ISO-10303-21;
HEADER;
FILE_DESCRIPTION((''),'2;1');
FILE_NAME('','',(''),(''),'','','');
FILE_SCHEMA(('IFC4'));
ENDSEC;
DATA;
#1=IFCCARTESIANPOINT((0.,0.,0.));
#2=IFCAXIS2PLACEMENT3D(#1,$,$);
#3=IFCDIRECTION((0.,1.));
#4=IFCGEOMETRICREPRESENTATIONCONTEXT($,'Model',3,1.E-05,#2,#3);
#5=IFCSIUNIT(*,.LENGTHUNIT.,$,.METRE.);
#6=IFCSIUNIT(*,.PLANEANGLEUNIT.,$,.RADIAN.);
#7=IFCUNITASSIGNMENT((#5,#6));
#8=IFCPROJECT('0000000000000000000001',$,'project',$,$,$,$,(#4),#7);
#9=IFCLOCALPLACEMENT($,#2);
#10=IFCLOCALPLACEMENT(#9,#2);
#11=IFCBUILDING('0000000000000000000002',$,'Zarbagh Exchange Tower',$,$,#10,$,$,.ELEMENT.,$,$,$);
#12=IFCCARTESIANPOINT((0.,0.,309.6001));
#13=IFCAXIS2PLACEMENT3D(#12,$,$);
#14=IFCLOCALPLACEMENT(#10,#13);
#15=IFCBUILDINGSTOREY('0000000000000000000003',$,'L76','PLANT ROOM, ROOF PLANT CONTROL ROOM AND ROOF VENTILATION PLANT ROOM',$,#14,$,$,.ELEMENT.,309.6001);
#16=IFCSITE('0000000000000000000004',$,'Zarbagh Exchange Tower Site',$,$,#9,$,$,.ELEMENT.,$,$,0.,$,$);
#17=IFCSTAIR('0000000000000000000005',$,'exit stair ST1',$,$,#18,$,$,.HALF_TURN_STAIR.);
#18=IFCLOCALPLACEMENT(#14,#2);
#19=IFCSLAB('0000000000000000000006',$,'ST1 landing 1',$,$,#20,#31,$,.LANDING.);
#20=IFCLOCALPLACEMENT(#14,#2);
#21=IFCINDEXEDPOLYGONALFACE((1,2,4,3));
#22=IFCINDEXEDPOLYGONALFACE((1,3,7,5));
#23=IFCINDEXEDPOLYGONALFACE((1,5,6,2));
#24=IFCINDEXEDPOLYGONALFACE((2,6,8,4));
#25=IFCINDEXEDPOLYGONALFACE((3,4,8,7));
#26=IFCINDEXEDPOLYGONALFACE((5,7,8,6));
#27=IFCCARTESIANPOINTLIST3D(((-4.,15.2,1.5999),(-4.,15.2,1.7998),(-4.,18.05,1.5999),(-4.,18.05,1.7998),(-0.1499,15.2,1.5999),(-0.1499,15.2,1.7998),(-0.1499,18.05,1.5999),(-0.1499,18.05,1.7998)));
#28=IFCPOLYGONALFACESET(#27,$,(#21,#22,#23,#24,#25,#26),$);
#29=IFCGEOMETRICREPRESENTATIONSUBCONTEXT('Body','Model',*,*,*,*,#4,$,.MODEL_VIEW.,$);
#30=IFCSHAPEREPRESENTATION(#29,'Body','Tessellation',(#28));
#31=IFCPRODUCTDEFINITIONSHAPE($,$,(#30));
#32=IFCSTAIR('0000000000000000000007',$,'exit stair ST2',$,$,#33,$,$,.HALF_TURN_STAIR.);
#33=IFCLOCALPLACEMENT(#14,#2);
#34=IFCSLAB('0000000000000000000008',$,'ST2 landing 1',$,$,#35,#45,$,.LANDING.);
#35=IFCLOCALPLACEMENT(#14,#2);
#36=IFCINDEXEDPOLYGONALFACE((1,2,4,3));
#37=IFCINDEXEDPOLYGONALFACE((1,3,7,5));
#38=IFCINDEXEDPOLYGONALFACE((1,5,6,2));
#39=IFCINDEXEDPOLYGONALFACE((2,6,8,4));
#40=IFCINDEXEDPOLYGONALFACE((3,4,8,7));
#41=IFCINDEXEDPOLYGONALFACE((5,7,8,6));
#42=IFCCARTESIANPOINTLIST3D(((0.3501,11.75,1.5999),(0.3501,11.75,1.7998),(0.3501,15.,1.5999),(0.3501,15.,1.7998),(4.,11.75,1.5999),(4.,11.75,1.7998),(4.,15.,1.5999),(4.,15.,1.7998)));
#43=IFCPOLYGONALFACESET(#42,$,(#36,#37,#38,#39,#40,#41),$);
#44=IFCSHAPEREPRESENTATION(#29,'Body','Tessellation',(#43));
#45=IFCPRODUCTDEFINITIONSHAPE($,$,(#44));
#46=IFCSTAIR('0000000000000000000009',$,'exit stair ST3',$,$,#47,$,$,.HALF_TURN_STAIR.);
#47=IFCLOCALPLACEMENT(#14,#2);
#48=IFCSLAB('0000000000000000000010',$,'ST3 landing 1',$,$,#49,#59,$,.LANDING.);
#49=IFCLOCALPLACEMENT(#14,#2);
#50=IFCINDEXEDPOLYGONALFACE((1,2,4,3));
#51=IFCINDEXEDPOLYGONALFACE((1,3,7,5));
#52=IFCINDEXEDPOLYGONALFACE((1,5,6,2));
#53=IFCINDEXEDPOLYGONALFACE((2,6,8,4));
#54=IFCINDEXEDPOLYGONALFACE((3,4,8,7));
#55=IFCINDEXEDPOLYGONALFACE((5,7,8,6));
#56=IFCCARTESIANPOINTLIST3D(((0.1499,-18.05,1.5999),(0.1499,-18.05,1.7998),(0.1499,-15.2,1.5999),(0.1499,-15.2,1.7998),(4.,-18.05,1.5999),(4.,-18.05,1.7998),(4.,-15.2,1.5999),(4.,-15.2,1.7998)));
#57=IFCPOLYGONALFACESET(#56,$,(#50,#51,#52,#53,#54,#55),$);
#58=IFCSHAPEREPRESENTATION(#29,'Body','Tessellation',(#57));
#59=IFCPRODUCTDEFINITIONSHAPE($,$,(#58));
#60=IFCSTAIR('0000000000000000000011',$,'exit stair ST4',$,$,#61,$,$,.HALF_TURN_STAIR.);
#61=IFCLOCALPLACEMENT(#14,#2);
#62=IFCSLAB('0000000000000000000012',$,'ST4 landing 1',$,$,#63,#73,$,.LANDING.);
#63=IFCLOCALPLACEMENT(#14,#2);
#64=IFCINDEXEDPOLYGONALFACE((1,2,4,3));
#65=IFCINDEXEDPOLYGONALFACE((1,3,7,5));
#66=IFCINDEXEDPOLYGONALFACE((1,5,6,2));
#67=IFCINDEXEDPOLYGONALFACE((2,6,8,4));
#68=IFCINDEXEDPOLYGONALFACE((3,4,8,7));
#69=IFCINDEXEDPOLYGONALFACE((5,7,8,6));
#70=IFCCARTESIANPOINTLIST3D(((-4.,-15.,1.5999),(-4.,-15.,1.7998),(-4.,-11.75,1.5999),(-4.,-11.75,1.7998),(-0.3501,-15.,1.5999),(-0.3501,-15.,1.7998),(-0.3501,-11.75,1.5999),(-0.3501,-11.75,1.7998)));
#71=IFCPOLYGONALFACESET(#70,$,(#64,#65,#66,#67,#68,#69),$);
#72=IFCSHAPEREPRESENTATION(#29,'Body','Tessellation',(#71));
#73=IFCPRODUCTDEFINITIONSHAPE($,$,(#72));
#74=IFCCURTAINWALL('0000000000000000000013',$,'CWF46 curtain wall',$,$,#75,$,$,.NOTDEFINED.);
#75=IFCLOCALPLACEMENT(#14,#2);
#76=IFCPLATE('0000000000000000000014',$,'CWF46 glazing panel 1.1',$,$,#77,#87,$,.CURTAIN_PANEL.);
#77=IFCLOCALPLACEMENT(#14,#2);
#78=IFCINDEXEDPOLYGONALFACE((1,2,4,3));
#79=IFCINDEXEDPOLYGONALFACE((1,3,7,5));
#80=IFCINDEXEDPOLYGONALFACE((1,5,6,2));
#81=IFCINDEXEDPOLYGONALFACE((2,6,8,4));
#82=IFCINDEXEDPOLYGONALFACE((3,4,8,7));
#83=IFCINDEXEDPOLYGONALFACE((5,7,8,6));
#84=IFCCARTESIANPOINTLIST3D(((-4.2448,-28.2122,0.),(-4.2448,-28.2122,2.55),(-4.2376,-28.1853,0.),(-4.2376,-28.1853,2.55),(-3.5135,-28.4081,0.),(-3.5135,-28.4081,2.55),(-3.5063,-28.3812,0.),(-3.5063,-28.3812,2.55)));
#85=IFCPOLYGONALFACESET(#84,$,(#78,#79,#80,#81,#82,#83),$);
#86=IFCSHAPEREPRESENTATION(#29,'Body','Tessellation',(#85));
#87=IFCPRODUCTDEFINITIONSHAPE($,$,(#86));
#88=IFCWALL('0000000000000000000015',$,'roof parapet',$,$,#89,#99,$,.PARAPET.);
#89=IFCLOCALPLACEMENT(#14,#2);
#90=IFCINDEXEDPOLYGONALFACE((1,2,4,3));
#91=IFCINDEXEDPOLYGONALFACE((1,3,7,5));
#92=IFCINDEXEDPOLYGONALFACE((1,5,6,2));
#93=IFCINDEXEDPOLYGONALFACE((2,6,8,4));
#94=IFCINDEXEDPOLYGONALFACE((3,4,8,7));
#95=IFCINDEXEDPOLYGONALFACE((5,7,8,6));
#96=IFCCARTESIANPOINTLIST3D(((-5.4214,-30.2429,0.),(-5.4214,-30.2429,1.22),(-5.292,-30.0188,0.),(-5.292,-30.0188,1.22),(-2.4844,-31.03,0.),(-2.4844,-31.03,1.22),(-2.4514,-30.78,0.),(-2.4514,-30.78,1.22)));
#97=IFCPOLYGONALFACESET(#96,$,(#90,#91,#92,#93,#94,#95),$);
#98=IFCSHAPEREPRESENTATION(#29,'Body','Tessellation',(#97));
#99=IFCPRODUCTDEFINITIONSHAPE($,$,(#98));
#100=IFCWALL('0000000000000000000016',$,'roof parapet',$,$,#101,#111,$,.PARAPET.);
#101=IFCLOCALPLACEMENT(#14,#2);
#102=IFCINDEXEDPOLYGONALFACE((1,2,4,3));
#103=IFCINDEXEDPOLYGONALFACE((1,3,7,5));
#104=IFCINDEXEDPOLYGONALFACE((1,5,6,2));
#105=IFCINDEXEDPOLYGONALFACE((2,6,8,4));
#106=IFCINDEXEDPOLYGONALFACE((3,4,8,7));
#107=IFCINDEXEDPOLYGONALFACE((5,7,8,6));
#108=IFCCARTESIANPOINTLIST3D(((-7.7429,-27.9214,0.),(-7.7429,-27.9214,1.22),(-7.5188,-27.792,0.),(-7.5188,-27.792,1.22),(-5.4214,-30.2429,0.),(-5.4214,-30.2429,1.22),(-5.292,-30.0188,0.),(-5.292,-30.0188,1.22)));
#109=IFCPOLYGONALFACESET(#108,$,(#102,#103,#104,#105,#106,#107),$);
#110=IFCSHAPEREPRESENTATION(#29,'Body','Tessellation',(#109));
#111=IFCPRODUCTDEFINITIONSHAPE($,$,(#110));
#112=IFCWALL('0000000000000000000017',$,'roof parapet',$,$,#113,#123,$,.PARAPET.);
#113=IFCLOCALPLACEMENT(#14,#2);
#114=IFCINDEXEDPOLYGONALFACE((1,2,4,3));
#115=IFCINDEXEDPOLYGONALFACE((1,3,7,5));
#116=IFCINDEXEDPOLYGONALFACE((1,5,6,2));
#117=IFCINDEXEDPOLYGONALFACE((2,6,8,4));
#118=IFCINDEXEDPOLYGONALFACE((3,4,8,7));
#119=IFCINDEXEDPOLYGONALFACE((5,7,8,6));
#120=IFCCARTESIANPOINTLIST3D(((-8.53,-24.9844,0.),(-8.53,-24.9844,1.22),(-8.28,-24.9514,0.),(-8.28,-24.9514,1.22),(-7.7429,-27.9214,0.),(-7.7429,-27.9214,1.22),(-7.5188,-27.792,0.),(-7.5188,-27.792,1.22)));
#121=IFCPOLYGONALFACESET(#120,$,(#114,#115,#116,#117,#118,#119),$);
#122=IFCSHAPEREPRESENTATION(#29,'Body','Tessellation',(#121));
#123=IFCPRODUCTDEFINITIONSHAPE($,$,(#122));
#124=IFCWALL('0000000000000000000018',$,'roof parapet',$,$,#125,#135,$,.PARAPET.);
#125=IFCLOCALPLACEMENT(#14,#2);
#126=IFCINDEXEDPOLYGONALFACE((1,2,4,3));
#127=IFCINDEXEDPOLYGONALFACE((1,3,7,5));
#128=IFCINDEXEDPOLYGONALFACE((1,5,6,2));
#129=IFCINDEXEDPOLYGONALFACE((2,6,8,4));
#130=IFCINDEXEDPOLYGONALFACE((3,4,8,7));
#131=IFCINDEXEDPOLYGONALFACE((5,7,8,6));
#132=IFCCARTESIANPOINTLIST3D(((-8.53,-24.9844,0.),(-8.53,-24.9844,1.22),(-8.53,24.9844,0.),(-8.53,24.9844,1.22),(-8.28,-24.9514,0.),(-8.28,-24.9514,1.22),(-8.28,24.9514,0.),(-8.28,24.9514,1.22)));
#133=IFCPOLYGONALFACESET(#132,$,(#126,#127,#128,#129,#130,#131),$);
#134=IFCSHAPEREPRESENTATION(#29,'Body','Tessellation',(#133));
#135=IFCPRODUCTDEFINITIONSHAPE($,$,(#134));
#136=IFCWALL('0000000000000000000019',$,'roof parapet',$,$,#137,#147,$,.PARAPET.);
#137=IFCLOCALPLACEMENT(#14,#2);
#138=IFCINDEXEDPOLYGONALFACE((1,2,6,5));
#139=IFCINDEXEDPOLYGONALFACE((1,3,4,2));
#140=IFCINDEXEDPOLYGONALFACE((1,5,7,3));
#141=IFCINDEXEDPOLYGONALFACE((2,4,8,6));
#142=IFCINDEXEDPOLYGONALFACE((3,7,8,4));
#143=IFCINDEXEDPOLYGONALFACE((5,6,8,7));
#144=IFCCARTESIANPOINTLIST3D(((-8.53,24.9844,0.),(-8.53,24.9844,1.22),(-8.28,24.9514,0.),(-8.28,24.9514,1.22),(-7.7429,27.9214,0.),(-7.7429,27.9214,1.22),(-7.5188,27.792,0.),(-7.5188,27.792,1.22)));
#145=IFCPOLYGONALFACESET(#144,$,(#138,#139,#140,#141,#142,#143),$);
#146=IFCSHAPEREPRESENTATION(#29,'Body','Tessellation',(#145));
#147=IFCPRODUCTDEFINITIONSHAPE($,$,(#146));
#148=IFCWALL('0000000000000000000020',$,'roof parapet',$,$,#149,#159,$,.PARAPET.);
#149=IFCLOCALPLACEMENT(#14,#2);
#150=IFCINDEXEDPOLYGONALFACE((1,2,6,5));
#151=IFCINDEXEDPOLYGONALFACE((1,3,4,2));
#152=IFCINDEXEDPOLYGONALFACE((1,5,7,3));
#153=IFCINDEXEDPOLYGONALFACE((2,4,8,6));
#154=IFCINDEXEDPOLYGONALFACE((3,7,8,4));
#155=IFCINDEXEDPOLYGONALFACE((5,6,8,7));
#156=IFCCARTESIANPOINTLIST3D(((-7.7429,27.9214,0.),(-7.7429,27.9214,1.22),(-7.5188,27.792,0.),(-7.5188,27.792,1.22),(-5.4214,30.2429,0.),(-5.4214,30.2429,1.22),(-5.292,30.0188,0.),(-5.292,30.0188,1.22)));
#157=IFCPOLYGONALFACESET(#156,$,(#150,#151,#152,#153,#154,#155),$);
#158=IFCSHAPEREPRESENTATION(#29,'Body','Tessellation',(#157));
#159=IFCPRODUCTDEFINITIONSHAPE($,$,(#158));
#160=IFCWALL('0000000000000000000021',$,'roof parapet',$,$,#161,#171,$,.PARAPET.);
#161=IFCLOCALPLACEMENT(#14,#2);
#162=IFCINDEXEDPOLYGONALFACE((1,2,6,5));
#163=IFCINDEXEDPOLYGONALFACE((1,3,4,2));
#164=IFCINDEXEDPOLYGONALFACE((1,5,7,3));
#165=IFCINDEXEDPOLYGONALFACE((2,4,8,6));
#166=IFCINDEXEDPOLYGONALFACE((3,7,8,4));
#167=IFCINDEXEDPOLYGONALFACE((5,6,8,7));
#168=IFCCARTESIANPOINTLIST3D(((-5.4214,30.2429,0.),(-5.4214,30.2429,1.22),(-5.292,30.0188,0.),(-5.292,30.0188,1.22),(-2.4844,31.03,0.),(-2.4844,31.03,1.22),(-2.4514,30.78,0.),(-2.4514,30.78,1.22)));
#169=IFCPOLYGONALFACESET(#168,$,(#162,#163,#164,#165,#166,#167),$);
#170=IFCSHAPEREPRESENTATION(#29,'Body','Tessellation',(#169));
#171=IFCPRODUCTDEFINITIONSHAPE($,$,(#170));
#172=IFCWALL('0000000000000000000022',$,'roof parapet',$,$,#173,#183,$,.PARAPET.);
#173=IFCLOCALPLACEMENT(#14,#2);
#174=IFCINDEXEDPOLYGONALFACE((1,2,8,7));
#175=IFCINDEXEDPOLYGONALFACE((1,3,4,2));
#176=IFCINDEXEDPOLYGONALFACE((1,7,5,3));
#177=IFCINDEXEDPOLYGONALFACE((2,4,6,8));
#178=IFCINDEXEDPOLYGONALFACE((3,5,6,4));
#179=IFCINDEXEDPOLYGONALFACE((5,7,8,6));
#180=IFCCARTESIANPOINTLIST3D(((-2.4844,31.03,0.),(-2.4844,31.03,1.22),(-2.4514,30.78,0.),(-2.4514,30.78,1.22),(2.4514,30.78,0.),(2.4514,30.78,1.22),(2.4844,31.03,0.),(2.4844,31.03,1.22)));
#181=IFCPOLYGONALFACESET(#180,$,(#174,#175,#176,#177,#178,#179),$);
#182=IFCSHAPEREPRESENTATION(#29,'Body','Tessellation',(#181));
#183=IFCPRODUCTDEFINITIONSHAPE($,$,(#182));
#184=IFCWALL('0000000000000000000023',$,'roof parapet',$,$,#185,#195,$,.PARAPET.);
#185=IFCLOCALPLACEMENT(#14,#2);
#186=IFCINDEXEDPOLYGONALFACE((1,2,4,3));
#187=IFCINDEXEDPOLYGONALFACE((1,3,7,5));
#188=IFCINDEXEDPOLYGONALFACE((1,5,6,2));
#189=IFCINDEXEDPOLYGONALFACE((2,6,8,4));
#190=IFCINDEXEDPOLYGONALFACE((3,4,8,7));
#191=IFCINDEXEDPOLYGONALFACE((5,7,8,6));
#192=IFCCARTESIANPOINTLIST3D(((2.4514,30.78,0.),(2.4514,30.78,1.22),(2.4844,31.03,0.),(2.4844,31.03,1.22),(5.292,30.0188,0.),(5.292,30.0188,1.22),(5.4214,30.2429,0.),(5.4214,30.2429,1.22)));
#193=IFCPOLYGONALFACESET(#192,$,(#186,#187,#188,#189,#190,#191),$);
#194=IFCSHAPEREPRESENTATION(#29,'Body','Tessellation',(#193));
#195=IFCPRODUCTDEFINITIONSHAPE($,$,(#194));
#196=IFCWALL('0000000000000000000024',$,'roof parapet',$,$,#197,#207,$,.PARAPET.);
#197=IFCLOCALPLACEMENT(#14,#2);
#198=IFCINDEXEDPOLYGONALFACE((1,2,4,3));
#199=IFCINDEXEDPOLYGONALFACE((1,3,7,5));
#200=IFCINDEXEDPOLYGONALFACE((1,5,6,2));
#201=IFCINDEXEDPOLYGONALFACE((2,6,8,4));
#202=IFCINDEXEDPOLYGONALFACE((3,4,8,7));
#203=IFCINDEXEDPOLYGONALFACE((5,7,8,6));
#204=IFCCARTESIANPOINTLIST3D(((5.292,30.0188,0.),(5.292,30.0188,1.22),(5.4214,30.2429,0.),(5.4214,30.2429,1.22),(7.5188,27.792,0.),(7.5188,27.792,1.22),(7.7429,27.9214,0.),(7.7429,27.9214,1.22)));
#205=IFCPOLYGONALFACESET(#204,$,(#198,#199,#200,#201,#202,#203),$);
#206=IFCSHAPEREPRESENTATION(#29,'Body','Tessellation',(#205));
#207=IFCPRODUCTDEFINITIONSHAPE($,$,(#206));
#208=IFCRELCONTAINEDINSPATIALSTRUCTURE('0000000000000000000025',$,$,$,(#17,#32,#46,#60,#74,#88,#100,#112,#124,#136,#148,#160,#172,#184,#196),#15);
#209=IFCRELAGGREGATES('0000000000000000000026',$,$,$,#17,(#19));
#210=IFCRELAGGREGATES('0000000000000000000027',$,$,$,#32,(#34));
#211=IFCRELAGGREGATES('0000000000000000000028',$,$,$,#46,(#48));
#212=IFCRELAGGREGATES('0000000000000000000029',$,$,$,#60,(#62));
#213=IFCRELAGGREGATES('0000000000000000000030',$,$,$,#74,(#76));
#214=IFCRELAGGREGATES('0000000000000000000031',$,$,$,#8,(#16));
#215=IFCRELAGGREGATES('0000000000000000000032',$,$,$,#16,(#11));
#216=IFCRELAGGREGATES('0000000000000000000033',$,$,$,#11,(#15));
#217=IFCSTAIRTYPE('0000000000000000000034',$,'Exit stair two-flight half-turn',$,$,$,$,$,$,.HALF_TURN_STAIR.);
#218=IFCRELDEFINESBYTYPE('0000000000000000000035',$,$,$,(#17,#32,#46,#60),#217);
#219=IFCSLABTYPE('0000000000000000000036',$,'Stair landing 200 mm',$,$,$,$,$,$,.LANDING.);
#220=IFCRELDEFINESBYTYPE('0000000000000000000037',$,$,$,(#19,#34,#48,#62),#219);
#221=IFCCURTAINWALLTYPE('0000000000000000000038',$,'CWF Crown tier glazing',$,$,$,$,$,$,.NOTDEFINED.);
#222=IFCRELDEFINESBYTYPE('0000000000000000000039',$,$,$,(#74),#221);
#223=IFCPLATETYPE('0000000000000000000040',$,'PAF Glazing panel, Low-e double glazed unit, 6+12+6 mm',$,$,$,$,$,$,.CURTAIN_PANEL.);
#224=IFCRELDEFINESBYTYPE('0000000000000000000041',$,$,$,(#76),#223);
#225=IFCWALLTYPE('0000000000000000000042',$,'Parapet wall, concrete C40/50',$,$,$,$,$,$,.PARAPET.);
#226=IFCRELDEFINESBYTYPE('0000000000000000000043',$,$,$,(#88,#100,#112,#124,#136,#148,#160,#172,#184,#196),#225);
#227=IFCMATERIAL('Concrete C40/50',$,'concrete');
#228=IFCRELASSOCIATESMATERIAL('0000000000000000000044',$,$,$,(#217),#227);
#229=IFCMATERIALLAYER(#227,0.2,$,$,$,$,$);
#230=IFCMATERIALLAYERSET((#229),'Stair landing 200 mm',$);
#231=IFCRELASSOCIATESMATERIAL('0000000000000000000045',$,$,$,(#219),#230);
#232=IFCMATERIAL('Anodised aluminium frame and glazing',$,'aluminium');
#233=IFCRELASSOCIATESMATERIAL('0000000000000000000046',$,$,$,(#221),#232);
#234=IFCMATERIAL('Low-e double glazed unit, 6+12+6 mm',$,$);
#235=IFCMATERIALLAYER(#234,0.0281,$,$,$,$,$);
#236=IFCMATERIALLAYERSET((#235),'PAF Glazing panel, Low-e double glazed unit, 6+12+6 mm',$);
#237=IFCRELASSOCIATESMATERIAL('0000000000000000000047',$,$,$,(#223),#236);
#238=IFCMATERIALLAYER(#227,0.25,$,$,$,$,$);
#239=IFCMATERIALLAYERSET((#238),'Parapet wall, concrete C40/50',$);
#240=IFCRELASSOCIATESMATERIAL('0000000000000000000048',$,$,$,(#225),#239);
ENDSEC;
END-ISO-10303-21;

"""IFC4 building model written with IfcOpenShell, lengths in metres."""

from ifc_helpers import new_model, si_unit, direction, frame, origin, place, context, subcontext, project, spatial, polyline, outline, extrude, source, transform, mapped, material, layer, layer_set, type_object, element, aggregate, save


model = new_model("IFC4")

# Units and contexts
model_context = context("Model", 3, precision=1e-05, world=origin(), true_north=direction((0.0, 1.0)))
body_context = subcontext(model_context, "Body", "Model", "MODEL_VIEW")
ifc_project = project(units=[si_unit("LENGTHUNIT", "METRE"), si_unit("PLANEANGLEUNIT", "RADIAN")], contexts=[model_context])

# Site, building, storey
site_placement = place(None, origin())
site = spatial("IfcSite", under=ifc_project, at=site_placement, Name="Zarbagh Exchange Tower Site", CompositionType="ELEMENT", RefElevation=0.0)
building_placement = place(site_placement, origin())
building = spatial("IfcBuilding", under=site, at=building_placement, Name="Zarbagh Exchange Tower", CompositionType="ELEMENT")
storey_placement = place(building_placement, frame((0.0, 0.0, 309.6001)))
storey = spatial("IfcBuildingStorey", under=building, at=storey_placement, Name="L76", Description="PLANT ROOM, ROOF PLANT CONTROL ROOM AND ROOF VENTILATION PLANT ROOM", CompositionType="ELEMENT", Elevation=309.6001)

# Stairs, slabs
ifc_material_1 = material(Name="Concrete C40/50", Category="concrete")
stair_type = type_object("IfcStairType", Name="Exit stair two-flight half-turn", PredefinedType="HALF_TURN_STAIR", material=ifc_material_1)
stair_1_placement = place(storey_placement, origin())
stair_1 = element("IfcStair", 1, at=stair_1_placement, inside=storey, type_object=stair_type, Name="exit stair ST1", PredefinedType="HALF_TURN_STAIR")
ifc_layer_1 = layer(ifc_material_1, 0.2)
ifc_layer_set_1 = layer_set([ifc_layer_1], Name="Stair landing 200 mm")
slab_type = type_object("IfcSlabType", Name="Stair landing 200 mm", PredefinedType="LANDING", material=ifc_layer_set_1)
slab_1_placement = place(storey_placement, frame((0.0, 0.0, 1.5999)))
slab_1 = element("IfcSlab", 2, at=slab_1_placement, type_object=slab_type, Name="ST1 landing 1", PredefinedType="LANDING", context=body_context, shape_type="SweptSolid", body=[
    extrude(outline(polyline([(-0.1499, 18.05), (-4.0, 18.05), (-4.0, 15.2), (-0.1499, 15.2), (-0.1499, 18.05)])), origin(), (0.0, 0.0, 1.0), 0.2),
])
aggregate(stair_1, [slab_1])
stair_2_placement = place(storey_placement, origin())
stair_2 = element("IfcStair", 3, at=stair_2_placement, inside=storey, type_object=stair_type, Name="exit stair ST2", PredefinedType="HALF_TURN_STAIR")
slab_2_placement = place(storey_placement, frame((0.0, 0.0, 1.5999)))
slab_2 = element("IfcSlab", 4, at=slab_2_placement, type_object=slab_type, Name="ST2 landing 1", PredefinedType="LANDING", context=body_context, shape_type="SweptSolid", body=[
    extrude(outline(polyline([(0.3501, 11.75), (4.0, 11.75), (4.0, 15.0), (0.3501, 15.0), (0.3501, 11.75)])), origin(), (0.0, 0.0, 1.0), 0.2),
])
aggregate(stair_2, [slab_2])
stair_3_placement = place(storey_placement, origin())
stair_3 = element("IfcStair", 5, at=stair_3_placement, inside=storey, type_object=stair_type, Name="exit stair ST3", PredefinedType="HALF_TURN_STAIR")
slab_3_placement = place(storey_placement, frame((0.0, 0.0, 1.5999)))
slab_3 = element("IfcSlab", 6, at=slab_3_placement, type_object=slab_type, Name="ST3 landing 1", PredefinedType="LANDING", context=body_context, shape_type="SweptSolid", body=[
    extrude(outline(polyline([(0.1499, -18.05), (4.0, -18.05), (4.0, -15.2), (0.1499, -15.2), (0.1499, -18.05)])), origin(), (0.0, 0.0, 1.0), 0.2),
])
aggregate(stair_3, [slab_3])
stair_4_placement = place(storey_placement, origin())
stair_4 = element("IfcStair", 7, at=stair_4_placement, inside=storey, type_object=stair_type, Name="exit stair ST4", PredefinedType="HALF_TURN_STAIR")
slab_4_placement = place(storey_placement, frame((0.0, 0.0, 1.5999)))
slab_4 = element("IfcSlab", 8, at=slab_4_placement, type_object=slab_type, Name="ST4 landing 1", PredefinedType="LANDING", context=body_context, shape_type="SweptSolid", body=[
    extrude(outline(polyline([(-0.3501, -11.75), (-4.0, -11.75), (-4.0, -15.0), (-0.3501, -15.0), (-0.3501, -11.75)])), origin(), (0.0, 0.0, 1.0), 0.2),
])
aggregate(stair_4, [slab_4])

# Curtain wall, plate
ifc_material_2 = material(Name="Anodised aluminium frame and glazing", Category="aluminium")
curtain_wall_type = type_object("IfcCurtainWallType", Name="CWF Crown tier glazing", PredefinedType="NOTDEFINED", material=ifc_material_2)
curtain_wall_placement = place(storey_placement, origin())
curtain_wall = element("IfcCurtainWall", 9, at=curtain_wall_placement, inside=storey, type_object=curtain_wall_type, Name="CWF46 curtain wall", PredefinedType="NOTDEFINED")
ifc_material_3 = material(Name="Low-e double glazed unit, 6+12+6 mm")
ifc_layer_2 = layer(ifc_material_3, 0.0281)
ifc_layer_set_2 = layer_set([ifc_layer_2], Name="PAF Glazing panel, Low-e double glazed unit, 6+12+6 mm")
plate_type = type_object("IfcPlateType", Name="PAF Glazing panel, Low-e double glazed unit, 6+12+6 mm", PredefinedType="CURTAIN_PANEL", material=ifc_layer_set_2)
shared_shape = source(origin(), body_context, "Body", "SweptSolid", [
    extrude(outline(polyline([(0.0, -0.0139), (0.7571, -0.0139), (0.7571, 0.0139), (0.0, 0.0139), (0.0, -0.0139)])), origin(), (0.0, 0.0, 1.0), 2.55),
])
plate_placement = place(storey_placement, origin())
plate = element("IfcPlate", 10, at=plate_placement, type_object=plate_type, Name="CWF46 glazing panel 1.1", PredefinedType="CURTAIN_PANEL", context=body_context, shape_type="MappedRepresentation", body=[
    mapped(shared_shape, transform((-4.2412, -28.1987, 0.0), x_axis=(0.965924, -0.258825, 0.0), y_axis=(0.258825, 0.965924, 0.0), z_axis=(0.0, 0.0, 1.0))),
])
aggregate(curtain_wall, [plate])

# Walls
ifc_layer_3 = layer(ifc_material_1, 0.25)
ifc_layer_set_3 = layer_set([ifc_layer_3], Name="Parapet wall, concrete C40/50")
wall_type_1 = type_object("IfcWallType", Name="Parapet wall, concrete C40/50", PredefinedType="PARAPET", material=ifc_layer_set_3)
wall_1_placement = place(storey_placement, origin())
element("IfcWall", 11, at=wall_1_placement, inside=storey, type_object=wall_type_1, Name="roof parapet", PredefinedType="PARAPET", context=body_context, shape_type="SweptSolid", body=[
    extrude(outline(polyline([(-2.4844, -31.03), (-5.4214, -30.2429), (-5.292, -30.0188), (-2.4514, -30.78), (-2.4844, -31.03)])), origin(), (0.0, 0.0, 1.0), 1.22),
])
wall_2_placement = place(storey_placement, origin())
element("IfcWall", 12, at=wall_2_placement, inside=storey, type_object=wall_type_1, Name="roof parapet", PredefinedType="PARAPET", context=body_context, shape_type="SweptSolid", body=[
    extrude(outline(polyline([(-5.4214, -30.2429), (-7.7429, -27.9214), (-7.5188, -27.792), (-5.292, -30.0188), (-5.4214, -30.2429)])), origin(), (0.0, 0.0, 1.0), 1.22),
])
wall_3_placement = place(storey_placement, origin())
element("IfcWall", 13, at=wall_3_placement, inside=storey, type_object=wall_type_1, Name="roof parapet", PredefinedType="PARAPET", context=body_context, shape_type="SweptSolid", body=[
    extrude(outline(polyline([(-7.7429, -27.9214), (-8.53, -24.9844), (-8.28, -24.9514), (-7.5188, -27.792), (-7.7429, -27.9214)])), origin(), (0.0, 0.0, 1.0), 1.22),
])
wall_4_placement = place(storey_placement, origin())
element("IfcWall", 14, at=wall_4_placement, inside=storey, type_object=wall_type_1, Name="roof parapet", PredefinedType="PARAPET", context=body_context, shape_type="SweptSolid", body=[
    extrude(outline(polyline([(-8.53, -24.9844), (-8.53, 24.9844), (-8.28, 24.9514), (-8.28, -24.9514), (-8.53, -24.9844)])), origin(), (0.0, 0.0, 1.0), 1.22),
])
wall_5_placement = place(storey_placement, origin())
element("IfcWall", 15, at=wall_5_placement, inside=storey, type_object=wall_type_1, Name="roof parapet", PredefinedType="PARAPET", context=body_context, shape_type="SweptSolid", body=[
    extrude(outline(polyline([(-8.53, 24.9844), (-7.7429, 27.9214), (-7.5188, 27.792), (-8.28, 24.9514), (-8.53, 24.9844)])), origin(), (0.0, 0.0, 1.0), 1.22),
])
wall_6_placement = place(storey_placement, origin())
element("IfcWall", 16, at=wall_6_placement, inside=storey, type_object=wall_type_1, Name="roof parapet", PredefinedType="PARAPET", context=body_context, shape_type="SweptSolid", body=[
    extrude(outline(polyline([(-7.7429, 27.9214), (-5.4214, 30.2429), (-5.292, 30.0188), (-7.5188, 27.792), (-7.7429, 27.9214)])), origin(), (0.0, 0.0, 1.0), 1.22),
])
wall_7_placement = place(storey_placement, origin())
element("IfcWall", 17, at=wall_7_placement, inside=storey, type_object=wall_type_1, Name="roof parapet", PredefinedType="PARAPET", context=body_context, shape_type="SweptSolid", body=[
    extrude(outline(polyline([(-5.4214, 30.2429), (-2.4844, 31.03), (-2.4514, 30.78), (-5.292, 30.0188), (-5.4214, 30.2429)])), origin(), (0.0, 0.0, 1.0), 1.22),
])
wall_8_placement = place(storey_placement, origin())
element("IfcWall", 18, at=wall_8_placement, inside=storey, type_object=wall_type_1, Name="roof parapet", PredefinedType="PARAPET", context=body_context, shape_type="SweptSolid", body=[
    extrude(outline(polyline([(-2.4844, 31.03), (2.4844, 31.03), (2.4514, 30.78), (-2.4514, 30.78), (-2.4844, 31.03)])), origin(), (0.0, 0.0, 1.0), 1.22),
])
wall_9_placement = place(storey_placement, origin())
element("IfcWall", 19, at=wall_9_placement, inside=storey, type_object=wall_type_1, Name="roof parapet", PredefinedType="PARAPET", context=body_context, shape_type="SweptSolid", body=[
    extrude(outline(polyline([(2.4844, 31.03), (5.4214, 30.2429), (5.292, 30.0188), (2.4514, 30.78), (2.4844, 31.03)])), origin(), (0.0, 0.0, 1.0), 1.22),
])
wall_10_placement = place(storey_placement, origin())
element("IfcWall", 20, at=wall_10_placement, inside=storey, type_object=wall_type_1, Name="roof parapet", PredefinedType="PARAPET", context=body_context, shape_type="SweptSolid", body=[
    extrude(outline(polyline([(5.4214, 30.2429), (7.7429, 27.9214), (7.5188, 27.792), (5.292, 30.0188), (5.4214, 30.2429)])), origin(), (0.0, 0.0, 1.0), 1.22),
])

save(model, "model.ifc")
